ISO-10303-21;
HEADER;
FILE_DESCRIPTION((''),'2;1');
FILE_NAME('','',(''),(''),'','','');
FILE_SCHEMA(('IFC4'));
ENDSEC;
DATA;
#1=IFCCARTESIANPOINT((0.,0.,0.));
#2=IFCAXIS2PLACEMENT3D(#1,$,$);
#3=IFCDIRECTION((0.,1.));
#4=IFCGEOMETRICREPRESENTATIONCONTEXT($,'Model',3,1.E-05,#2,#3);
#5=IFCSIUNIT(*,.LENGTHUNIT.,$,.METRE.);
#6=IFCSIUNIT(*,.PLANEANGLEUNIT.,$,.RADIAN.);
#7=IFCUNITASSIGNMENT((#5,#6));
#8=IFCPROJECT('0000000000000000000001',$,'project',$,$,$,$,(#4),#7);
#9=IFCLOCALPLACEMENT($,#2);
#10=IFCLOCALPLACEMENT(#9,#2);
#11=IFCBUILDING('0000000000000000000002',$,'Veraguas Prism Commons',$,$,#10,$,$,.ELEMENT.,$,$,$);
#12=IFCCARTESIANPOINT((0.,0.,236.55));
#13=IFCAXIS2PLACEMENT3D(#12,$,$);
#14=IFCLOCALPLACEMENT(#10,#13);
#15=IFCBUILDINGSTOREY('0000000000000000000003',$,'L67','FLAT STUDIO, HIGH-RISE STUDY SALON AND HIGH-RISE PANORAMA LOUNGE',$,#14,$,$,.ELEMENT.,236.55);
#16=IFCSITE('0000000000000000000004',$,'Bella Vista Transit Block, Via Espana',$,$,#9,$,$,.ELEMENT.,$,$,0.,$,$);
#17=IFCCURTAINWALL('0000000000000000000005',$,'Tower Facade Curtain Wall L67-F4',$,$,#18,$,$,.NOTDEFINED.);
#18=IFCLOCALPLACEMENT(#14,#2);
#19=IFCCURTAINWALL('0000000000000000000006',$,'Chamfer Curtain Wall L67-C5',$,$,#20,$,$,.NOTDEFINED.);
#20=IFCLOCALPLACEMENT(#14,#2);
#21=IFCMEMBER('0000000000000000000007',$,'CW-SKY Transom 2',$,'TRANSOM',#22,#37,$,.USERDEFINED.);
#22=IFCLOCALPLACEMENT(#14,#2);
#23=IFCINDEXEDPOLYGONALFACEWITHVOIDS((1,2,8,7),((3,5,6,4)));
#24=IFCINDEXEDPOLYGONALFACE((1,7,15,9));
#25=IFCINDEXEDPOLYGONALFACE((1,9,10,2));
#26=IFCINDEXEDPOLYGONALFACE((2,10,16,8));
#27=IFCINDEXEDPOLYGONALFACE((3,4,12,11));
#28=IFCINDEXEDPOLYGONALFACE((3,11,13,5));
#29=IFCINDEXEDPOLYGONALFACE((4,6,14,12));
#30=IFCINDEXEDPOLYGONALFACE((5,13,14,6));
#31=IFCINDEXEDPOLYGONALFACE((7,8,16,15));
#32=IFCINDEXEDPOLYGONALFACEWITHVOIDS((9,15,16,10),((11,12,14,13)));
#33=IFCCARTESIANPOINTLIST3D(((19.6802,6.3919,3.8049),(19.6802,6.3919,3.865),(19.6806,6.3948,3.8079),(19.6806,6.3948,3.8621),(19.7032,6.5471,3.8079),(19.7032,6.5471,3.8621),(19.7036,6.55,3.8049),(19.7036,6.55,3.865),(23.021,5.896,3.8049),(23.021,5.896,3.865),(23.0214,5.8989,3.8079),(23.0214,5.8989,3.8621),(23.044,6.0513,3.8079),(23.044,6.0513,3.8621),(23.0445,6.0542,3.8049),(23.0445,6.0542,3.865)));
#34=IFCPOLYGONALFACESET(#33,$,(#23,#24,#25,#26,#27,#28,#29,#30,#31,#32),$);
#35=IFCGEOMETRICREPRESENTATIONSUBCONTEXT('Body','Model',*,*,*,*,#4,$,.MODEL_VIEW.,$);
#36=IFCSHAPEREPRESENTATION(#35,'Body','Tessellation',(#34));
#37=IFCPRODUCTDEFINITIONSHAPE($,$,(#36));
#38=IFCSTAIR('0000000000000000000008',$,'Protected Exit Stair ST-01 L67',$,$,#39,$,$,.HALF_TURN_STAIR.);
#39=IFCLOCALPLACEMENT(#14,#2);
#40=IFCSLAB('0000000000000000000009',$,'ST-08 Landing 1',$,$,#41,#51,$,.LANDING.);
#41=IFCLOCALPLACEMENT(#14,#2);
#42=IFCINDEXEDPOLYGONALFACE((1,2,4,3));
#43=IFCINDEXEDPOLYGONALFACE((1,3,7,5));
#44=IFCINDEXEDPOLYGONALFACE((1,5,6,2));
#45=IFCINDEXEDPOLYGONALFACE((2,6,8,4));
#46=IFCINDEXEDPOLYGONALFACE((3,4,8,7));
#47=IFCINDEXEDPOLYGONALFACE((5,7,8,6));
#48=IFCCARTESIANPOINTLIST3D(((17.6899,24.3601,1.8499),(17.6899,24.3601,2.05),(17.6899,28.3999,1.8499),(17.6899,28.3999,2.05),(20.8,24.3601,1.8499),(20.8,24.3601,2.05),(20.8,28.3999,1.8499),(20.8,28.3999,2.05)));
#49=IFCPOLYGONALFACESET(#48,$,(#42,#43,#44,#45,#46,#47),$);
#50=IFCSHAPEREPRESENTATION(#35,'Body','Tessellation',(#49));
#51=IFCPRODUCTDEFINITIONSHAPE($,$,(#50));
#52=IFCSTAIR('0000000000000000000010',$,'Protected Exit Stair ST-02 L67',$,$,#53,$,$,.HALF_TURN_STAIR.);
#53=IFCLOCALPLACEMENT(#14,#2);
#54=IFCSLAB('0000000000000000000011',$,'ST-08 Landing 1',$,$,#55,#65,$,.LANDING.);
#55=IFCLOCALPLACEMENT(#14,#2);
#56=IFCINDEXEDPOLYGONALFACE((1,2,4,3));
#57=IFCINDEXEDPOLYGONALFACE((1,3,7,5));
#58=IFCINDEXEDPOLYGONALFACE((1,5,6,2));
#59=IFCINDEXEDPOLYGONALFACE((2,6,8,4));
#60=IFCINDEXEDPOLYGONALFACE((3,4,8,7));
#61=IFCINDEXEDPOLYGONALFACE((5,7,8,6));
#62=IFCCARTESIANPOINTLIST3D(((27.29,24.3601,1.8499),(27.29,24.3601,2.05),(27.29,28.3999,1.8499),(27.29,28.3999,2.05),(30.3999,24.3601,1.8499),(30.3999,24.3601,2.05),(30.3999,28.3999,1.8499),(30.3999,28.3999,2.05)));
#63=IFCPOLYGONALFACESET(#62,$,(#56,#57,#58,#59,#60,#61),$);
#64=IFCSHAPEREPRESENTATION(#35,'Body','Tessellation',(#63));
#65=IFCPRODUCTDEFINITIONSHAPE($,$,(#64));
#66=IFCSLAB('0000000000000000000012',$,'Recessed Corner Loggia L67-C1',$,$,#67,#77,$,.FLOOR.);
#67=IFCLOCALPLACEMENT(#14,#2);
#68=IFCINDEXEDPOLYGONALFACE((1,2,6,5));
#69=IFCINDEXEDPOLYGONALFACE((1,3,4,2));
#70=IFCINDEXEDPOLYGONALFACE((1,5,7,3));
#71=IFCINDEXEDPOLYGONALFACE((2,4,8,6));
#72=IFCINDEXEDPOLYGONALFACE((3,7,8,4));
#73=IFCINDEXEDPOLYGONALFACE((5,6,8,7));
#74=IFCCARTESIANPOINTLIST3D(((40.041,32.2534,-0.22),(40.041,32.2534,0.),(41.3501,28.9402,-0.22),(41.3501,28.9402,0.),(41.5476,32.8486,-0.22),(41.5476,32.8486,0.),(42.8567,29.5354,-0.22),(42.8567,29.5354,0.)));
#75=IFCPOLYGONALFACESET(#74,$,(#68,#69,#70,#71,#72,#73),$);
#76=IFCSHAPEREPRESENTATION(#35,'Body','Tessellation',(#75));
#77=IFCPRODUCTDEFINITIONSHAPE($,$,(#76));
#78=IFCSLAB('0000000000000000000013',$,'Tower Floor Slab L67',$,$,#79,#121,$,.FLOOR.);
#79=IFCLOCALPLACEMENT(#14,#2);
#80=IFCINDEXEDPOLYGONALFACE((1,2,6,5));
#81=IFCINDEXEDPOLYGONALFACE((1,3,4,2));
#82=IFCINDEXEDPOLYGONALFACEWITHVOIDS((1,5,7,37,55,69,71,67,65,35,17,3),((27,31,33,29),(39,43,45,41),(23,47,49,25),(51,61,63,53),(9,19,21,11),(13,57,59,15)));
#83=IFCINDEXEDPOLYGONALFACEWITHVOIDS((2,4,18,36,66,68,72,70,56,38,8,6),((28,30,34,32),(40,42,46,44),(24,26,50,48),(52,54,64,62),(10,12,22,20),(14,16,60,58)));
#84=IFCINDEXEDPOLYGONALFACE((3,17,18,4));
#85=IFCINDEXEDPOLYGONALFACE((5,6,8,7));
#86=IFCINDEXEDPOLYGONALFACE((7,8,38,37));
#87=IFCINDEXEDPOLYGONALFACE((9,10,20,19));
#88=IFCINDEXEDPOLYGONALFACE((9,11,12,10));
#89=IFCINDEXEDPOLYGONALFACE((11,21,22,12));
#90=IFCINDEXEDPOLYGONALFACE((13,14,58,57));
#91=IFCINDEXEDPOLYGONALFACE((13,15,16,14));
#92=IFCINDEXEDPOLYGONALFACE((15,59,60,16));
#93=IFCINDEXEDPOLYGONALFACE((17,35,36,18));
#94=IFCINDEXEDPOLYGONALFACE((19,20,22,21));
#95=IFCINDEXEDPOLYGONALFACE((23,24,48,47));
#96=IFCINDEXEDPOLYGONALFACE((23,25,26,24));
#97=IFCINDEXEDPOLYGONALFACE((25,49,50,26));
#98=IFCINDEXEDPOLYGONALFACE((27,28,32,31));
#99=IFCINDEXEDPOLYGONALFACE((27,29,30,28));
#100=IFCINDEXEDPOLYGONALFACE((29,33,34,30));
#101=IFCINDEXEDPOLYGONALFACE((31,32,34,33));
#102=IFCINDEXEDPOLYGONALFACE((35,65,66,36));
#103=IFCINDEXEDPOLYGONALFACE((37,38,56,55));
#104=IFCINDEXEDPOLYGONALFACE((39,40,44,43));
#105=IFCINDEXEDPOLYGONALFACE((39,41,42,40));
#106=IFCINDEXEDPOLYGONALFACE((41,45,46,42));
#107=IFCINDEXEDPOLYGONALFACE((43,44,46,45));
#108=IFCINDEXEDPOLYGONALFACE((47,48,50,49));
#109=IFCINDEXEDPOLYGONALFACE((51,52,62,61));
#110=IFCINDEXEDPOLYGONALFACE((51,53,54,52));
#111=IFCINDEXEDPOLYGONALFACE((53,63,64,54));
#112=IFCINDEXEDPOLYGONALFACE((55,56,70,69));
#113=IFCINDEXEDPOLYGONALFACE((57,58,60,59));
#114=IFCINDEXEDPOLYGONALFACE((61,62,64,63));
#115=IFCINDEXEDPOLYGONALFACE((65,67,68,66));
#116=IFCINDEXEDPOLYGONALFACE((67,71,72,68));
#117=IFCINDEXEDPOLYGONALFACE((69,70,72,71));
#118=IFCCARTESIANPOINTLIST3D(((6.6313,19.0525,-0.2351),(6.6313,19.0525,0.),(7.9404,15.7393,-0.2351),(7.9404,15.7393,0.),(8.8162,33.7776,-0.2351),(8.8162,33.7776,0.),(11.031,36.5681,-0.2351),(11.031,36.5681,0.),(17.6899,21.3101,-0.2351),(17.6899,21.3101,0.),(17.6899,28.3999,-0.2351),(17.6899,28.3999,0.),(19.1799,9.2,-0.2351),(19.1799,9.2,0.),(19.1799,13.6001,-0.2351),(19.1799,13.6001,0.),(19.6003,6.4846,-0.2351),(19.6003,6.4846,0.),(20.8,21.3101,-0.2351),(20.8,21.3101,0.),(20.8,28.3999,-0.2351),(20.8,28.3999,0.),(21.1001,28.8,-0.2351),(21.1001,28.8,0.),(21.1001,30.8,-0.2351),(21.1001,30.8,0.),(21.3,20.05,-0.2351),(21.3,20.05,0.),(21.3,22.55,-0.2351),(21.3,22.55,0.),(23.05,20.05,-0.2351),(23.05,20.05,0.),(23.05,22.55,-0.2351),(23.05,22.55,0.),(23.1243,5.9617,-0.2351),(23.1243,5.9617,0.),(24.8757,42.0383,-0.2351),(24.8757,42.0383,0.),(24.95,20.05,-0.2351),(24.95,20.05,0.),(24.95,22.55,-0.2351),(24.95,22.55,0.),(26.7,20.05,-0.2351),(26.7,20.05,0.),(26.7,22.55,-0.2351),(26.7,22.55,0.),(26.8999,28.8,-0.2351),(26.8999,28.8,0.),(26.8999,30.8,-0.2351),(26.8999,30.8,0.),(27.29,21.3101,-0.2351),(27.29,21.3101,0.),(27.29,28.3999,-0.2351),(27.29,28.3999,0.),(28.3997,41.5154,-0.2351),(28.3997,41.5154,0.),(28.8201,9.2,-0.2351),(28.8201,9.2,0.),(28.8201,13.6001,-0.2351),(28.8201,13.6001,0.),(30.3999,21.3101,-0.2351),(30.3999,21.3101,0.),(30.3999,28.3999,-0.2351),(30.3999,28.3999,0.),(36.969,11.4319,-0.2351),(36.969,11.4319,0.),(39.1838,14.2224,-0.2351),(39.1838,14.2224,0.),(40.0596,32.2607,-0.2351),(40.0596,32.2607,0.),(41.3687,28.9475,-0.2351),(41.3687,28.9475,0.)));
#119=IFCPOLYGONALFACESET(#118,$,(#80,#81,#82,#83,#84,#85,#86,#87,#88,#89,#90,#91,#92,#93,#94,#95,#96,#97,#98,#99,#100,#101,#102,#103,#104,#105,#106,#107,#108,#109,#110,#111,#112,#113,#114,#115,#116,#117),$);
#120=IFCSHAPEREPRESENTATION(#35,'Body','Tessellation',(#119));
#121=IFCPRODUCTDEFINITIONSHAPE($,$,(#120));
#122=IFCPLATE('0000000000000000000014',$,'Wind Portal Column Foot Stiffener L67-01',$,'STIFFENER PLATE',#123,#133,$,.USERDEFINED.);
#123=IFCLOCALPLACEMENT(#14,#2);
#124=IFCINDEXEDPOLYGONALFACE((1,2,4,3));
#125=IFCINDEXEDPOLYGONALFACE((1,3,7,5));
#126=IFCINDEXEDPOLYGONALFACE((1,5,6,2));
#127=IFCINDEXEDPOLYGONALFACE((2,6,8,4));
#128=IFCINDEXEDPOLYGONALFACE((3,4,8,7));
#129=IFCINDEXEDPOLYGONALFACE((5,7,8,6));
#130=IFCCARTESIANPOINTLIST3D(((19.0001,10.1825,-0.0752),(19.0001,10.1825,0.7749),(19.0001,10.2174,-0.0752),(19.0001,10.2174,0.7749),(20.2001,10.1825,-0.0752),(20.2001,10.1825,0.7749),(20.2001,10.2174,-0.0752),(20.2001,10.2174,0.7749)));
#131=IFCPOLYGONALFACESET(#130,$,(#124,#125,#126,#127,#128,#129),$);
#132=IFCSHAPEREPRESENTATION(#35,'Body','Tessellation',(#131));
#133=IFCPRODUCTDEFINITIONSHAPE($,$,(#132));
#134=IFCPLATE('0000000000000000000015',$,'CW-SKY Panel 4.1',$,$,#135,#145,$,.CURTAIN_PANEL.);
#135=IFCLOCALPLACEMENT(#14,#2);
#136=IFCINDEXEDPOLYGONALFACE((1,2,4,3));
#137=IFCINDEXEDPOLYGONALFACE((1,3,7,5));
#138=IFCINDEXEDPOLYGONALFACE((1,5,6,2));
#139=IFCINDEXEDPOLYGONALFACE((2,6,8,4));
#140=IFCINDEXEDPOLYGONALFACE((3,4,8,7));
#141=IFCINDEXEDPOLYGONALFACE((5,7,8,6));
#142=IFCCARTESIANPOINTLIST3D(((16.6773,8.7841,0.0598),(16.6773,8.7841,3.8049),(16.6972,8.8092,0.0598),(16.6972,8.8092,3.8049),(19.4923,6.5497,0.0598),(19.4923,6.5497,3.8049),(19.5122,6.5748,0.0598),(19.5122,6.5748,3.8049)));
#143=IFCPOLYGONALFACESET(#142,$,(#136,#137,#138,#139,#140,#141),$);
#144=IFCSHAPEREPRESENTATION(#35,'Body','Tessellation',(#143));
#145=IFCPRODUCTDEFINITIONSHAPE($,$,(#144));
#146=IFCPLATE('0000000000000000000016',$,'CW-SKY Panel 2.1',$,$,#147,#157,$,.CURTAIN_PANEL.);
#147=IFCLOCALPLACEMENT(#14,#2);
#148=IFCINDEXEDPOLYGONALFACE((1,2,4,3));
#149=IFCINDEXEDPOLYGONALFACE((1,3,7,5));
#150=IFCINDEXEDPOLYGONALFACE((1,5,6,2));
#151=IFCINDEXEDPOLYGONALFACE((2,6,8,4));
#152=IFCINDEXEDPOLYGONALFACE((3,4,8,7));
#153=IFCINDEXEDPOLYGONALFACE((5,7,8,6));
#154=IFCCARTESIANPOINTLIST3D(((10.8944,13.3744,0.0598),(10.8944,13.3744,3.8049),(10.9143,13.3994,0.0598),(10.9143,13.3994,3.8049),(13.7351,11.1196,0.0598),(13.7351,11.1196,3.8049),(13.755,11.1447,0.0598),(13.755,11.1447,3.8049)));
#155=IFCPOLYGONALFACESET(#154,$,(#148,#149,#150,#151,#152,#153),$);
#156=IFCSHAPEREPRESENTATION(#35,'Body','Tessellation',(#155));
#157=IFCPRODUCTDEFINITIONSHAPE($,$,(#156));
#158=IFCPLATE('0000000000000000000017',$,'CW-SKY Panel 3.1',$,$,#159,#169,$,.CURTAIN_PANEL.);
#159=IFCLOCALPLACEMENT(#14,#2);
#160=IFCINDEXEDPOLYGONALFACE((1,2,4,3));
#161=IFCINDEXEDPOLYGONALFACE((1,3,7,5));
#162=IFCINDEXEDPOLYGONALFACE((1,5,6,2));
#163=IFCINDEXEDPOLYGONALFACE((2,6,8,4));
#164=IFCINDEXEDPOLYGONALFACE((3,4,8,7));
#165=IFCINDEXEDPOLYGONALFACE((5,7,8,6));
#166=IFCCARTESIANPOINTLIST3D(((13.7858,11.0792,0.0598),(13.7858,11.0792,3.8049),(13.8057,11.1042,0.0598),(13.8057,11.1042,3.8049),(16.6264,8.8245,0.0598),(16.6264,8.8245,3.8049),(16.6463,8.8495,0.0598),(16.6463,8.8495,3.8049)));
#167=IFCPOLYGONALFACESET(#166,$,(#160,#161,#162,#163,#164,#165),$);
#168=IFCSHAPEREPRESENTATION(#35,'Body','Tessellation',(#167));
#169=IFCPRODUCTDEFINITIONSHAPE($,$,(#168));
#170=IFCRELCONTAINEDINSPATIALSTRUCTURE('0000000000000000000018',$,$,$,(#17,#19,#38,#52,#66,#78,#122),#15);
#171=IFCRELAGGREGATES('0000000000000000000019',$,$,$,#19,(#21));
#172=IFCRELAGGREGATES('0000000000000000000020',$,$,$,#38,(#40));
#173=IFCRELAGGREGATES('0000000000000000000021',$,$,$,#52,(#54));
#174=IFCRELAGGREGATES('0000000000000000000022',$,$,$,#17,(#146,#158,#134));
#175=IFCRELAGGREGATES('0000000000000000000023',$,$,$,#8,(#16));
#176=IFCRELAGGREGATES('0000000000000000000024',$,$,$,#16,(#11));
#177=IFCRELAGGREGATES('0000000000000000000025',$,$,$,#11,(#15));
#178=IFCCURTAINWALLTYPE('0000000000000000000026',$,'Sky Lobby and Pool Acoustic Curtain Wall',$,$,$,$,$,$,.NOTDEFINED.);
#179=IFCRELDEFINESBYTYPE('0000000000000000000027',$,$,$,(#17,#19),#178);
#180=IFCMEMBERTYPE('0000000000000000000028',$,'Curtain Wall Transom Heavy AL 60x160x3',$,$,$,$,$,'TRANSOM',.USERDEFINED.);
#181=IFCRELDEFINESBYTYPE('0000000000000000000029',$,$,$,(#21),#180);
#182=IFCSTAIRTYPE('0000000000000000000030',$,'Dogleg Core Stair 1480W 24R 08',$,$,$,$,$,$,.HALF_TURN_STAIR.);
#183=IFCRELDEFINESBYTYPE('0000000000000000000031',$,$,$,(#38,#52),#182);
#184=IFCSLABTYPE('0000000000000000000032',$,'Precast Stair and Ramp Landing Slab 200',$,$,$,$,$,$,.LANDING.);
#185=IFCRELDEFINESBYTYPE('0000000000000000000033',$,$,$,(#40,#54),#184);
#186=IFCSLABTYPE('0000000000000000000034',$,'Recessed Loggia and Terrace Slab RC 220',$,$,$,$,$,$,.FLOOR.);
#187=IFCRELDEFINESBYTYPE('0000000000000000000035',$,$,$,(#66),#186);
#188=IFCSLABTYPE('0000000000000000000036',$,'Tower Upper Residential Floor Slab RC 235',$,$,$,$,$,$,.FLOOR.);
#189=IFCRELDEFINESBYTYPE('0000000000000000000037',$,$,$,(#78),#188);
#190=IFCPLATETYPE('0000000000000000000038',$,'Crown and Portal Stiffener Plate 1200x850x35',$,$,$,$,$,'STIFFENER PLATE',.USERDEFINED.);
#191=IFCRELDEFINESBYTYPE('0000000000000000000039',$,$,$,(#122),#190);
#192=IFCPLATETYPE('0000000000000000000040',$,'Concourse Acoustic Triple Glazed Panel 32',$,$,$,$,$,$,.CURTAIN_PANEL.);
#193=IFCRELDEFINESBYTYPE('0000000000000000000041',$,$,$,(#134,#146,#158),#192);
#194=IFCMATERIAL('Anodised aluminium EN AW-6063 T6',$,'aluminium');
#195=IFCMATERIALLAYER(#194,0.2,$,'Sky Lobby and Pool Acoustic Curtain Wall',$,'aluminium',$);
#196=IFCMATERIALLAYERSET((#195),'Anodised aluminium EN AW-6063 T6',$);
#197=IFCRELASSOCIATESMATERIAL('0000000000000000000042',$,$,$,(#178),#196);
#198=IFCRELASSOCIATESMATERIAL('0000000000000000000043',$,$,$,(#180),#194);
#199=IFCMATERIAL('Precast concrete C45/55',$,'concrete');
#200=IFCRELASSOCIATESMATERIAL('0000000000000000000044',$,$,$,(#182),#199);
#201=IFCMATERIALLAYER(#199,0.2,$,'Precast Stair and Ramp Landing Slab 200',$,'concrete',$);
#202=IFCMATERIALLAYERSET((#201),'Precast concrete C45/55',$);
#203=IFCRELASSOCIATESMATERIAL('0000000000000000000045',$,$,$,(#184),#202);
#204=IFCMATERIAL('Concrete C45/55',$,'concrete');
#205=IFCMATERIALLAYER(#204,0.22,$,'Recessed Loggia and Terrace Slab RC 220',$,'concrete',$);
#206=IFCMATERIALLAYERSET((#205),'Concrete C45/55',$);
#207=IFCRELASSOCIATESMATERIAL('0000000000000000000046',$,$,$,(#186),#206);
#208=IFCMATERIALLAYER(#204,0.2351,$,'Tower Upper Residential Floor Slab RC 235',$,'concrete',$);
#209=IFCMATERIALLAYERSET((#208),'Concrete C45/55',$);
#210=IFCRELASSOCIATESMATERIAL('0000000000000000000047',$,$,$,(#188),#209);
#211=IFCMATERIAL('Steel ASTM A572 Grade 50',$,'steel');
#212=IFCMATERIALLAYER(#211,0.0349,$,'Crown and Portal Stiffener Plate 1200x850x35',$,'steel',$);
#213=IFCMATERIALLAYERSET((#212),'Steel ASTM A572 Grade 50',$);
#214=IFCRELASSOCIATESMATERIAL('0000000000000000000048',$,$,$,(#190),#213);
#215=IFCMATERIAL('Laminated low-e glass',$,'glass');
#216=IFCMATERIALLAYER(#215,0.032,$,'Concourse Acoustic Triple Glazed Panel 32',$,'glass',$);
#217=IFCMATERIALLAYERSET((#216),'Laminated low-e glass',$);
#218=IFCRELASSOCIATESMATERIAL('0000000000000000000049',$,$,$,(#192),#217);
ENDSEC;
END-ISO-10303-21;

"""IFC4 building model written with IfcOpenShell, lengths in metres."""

from ifc_helpers import new_model, si_unit, direction, frame, origin, origin_2d, place, context, subcontext, project, spatial, polyline, rectangle, hollow_rectangle, outline, extrude, source, transform, mapped, material, layer, layer_set, material_profile, profile_set, type_object, element, aggregate, save


model = new_model("IFC4")

# Units and contexts
model_context = context("Model", 3, precision=1e-05, world=origin(), true_north=direction((0.0, 1.0)))
body_context = subcontext(model_context, "Body", "Model", "MODEL_VIEW")
ifc_project = project(units=[si_unit("LENGTHUNIT", "METRE"), si_unit("PLANEANGLEUNIT", "RADIAN")], contexts=[model_context])

# Site, building, storey
site_placement = place(None, origin())
site = spatial("IfcSite", under=ifc_project, at=site_placement, Name="Bella Vista Transit Block, Via Espana", CompositionType="ELEMENT", RefElevation=0.0)
building_placement = place(site_placement, origin())
building = spatial("IfcBuilding", under=site, at=building_placement, Name="Veraguas Prism Commons", CompositionType="ELEMENT")
storey_placement = place(building_placement, frame((0.0, 0.0, 236.55)))
storey = spatial("IfcBuildingStorey", under=building, at=storey_placement, Name="L67", Description="FLAT STUDIO, HIGH-RISE STUDY SALON AND HIGH-RISE PANORAMA LOUNGE", CompositionType="ELEMENT", Elevation=236.55)

# Curtain walls, member
ifc_material_1 = material(Name="Anodised aluminium EN AW-6063 T6", Category="aluminium")
ifc_layer_1 = layer(ifc_material_1, 0.2, Name="Sky Lobby and Pool Acoustic Curtain Wall", Category="aluminium")
ifc_layer_set_1 = layer_set([ifc_layer_1], Name="Anodised aluminium EN AW-6063 T6")
curtain_wall_type = type_object("IfcCurtainWallType", Name="Sky Lobby and Pool Acoustic Curtain Wall", PredefinedType="NOTDEFINED", material=ifc_layer_set_1)
curtain_wall_1_placement = place(storey_placement, origin())
curtain_wall_1 = element("IfcCurtainWall", 1, at=curtain_wall_1_placement, inside=storey, type_object=curtain_wall_type, Name="Tower Facade Curtain Wall L67-F4", PredefinedType="NOTDEFINED")
curtain_wall_2_placement = place(storey_placement, origin())
curtain_wall_2 = element("IfcCurtainWall", 2, at=curtain_wall_2_placement, inside=storey, type_object=curtain_wall_type, Name="Chamfer Curtain Wall L67-C5", PredefinedType="NOTDEFINED")
ifc_material_profile_1 = material_profile(ifc_material_1, hollow_rectangle(XDim=0.0601, YDim=0.1599, WallThickness=0.0029, at=origin_2d()), Name="AL60X160X3")
ifc_profile_set_1 = profile_set([ifc_material_profile_1], Name="Anodised aluminium EN AW-6063 T6")
member_type_1 = type_object("IfcMemberType", Name="Curtain Wall Transom Heavy AL 60x160x3", ElementType="TRANSOM", PredefinedType="USERDEFINED", material=ifc_profile_set_1)
shared_shape_1 = source(origin(), body_context, "Body", "SweptSolid", [
    extrude(hollow_rectangle(XDim=0.0601, YDim=0.1599, WallThickness=0.0029, at=origin_2d()), origin(), (0.0, 0.0, 1.0), 3.3774),
])
member_1_placement = place(storey_placement, frame((19.6919, 6.4709, 3.835), z_axis=(0.989164, -0.146813, 0.0), x_axis=(0.0, 0.0, 1.0)))
member_1 = element("IfcMember", 3, at=member_1_placement, type_object=member_type_1, Name="CW-SKY Transom 2", ObjectType="TRANSOM", PredefinedType="USERDEFINED", context=body_context, shape_type="MappedRepresentation", body=[
    mapped(shared_shape_1, transform((0.0, 0.0, 0.0), scale=1.0)),
])
aggregate(curtain_wall_2, [member_1])

# Stairs, slabs
ifc_material_2 = material(Name="Precast concrete C45/55", Category="concrete")
stair_type = type_object("IfcStairType", Name="Dogleg Core Stair 1480W 24R 08", PredefinedType="HALF_TURN_STAIR", material=ifc_material_2)
stair_1_placement = place(storey_placement, origin())
stair_1 = element("IfcStair", 4, at=stair_1_placement, inside=storey, type_object=stair_type, Name="Protected Exit Stair ST-01 L67", PredefinedType="HALF_TURN_STAIR")
ifc_layer_2 = layer(ifc_material_2, 0.2, Name="Precast Stair and Ramp Landing Slab 200", Category="concrete")
ifc_layer_set_2 = layer_set([ifc_layer_2], Name="Precast concrete C45/55")
slab_type_1 = type_object("IfcSlabType", Name="Precast Stair and Ramp Landing Slab 200", PredefinedType="LANDING", material=ifc_layer_set_2)
slab_1_placement = place(storey_placement, frame((0.0, 0.0, 1.8499)))
slab_1 = element("IfcSlab", 5, at=slab_1_placement, type_object=slab_type_1, Name="ST-08 Landing 1", PredefinedType="LANDING", context=body_context, shape_type="SweptSolid", body=[
    extrude(outline(polyline([(20.8, 24.3601), (20.8, 28.3999), (17.6899, 28.3999), (17.6899, 24.3601), (20.8, 24.3601)])), origin(), (0.0, 0.0, 1.0), 0.2002),
])
aggregate(stair_1, [slab_1])
stair_2_placement = place(storey_placement, origin())
stair_2 = element("IfcStair", 6, at=stair_2_placement, inside=storey, type_object=stair_type, Name="Protected Exit Stair ST-02 L67", PredefinedType="HALF_TURN_STAIR")
slab_2_placement = place(storey_placement, frame((0.0, 0.0, 1.8499)))
slab_2 = element("IfcSlab", 7, at=slab_2_placement, type_object=slab_type_1, Name="ST-08 Landing 1", PredefinedType="LANDING", context=body_context, shape_type="SweptSolid", body=[
    extrude(outline(polyline([(30.3999, 24.3601), (30.3999, 28.3999), (27.29, 28.3999), (27.29, 24.3601), (30.3999, 24.3601)])), origin(), (0.0, 0.0, 1.0), 0.2002),
])
aggregate(stair_2, [slab_2])

# Slabs
ifc_material_3 = material(Name="Concrete C45/55", Category="concrete")
ifc_layer_3 = layer(ifc_material_3, 0.22, Name="Recessed Loggia and Terrace Slab RC 220", Category="concrete")
ifc_layer_set_3 = layer_set([ifc_layer_3], Name="Concrete C45/55")
slab_type_2 = type_object("IfcSlabType", Name="Recessed Loggia and Terrace Slab RC 220", PredefinedType="FLOOR", material=ifc_layer_set_3)
slab_3_placement = place(storey_placement, frame((0.0, 0.0, -0.22)))
element("IfcSlab", 8, at=slab_3_placement, inside=storey, type_object=slab_type_2, Name="Recessed Corner Loggia L67-C1", PredefinedType="FLOOR", context=body_context, shape_type="SweptSolid", body=[
    extrude(outline(polyline([(41.3501, 28.9402), (42.8567, 29.5354), (41.5476, 32.8486), (40.041, 32.2534), (41.3501, 28.9402)])), origin(), (0.0, 0.0, 1.0), 0.22),
])
ifc_layer_4 = layer(ifc_material_3, 0.2351, Name="Tower Upper Residential Floor Slab RC 235", Category="concrete")
ifc_layer_set_4 = layer_set([ifc_layer_4], Name="Concrete C45/55")
slab_type_3 = type_object("IfcSlabType", Name="Tower Upper Residential Floor Slab RC 235", PredefinedType="FLOOR", material=ifc_layer_set_4)
slab_4_placement = place(storey_placement, frame((0.0, 0.0, -0.2351)))
element("IfcSlab", 9, at=slab_4_placement, inside=storey, type_object=slab_type_3, Name="Tower Floor Slab L67", PredefinedType="FLOOR", context=body_context, shape_type="SweptSolid", body=[
    extrude(outline(polyline([(41.3687, 28.9475), (40.0596, 32.2607), (28.3997, 41.5154), (24.8757, 42.0383), (11.031, 36.5681), (8.8162, 33.7776), (6.6313, 19.0525), (7.9404, 15.7393), (19.6003, 6.4846), (23.1243, 5.9617), (36.969, 11.4319), (39.1838, 14.2224), (41.3687, 28.9475)]), holes=[polyline([(20.8, 21.3101), (20.8, 28.3999), (17.6899, 28.3999), (17.6899, 21.3101), (20.8, 21.3101)]), polyline([(30.3999, 21.3101), (30.3999, 28.3999), (27.29, 28.3999), (27.29, 21.3101), (30.3999, 21.3101)]), polyline([(21.1001, 28.8), (26.8999, 28.8), (26.8999, 30.8), (21.1001, 30.8), (21.1001, 28.8)]), polyline([(21.3, 20.05), (23.05, 20.05), (23.05, 22.55), (21.3, 22.55), (21.3, 20.05)]), polyline([(24.95, 20.05), (26.7, 20.05), (26.7, 22.55), (24.95, 22.55), (24.95, 20.05)]), polyline([(19.1799, 9.2), (28.8201, 9.2), (28.8201, 13.6001), (19.1799, 13.6001), (19.1799, 9.2)])]), origin(), (0.0, 0.0, 1.0), 0.2351),
])

# Plates
ifc_material_4 = material(Name="Steel ASTM A572 Grade 50", Category="steel")
ifc_layer_5 = layer(ifc_material_4, 0.0349, Name="Crown and Portal Stiffener Plate 1200x850x35", Category="steel")
ifc_layer_set_5 = layer_set([ifc_layer_5], Name="Steel ASTM A572 Grade 50")
plate_type_1 = type_object("IfcPlateType", Name="Crown and Portal Stiffener Plate 1200x850x35", ElementType="STIFFENER PLATE", PredefinedType="USERDEFINED", material=ifc_layer_set_5)
shared_shape_2 = source(origin(), body_context, "Body", "SweptSolid", [
    extrude(rectangle(XDim=1.2, YDim=0.0349, at=origin_2d()), origin(), (0.0, 0.0, 1.0), 0.8501),
])
plate_1_placement = place(storey_placement, frame((19.6001, 10.2, -0.0752), z_axis=(0.0, 0.0, 1.0), x_axis=(1.0, 0.0, 0.0)))
element("IfcPlate", 10, at=plate_1_placement, inside=storey, type_object=plate_type_1, Name="Wind Portal Column Foot Stiffener L67-01", ObjectType="STIFFENER PLATE", PredefinedType="USERDEFINED", context=body_context, shape_type="MappedRepresentation", body=[
    mapped(shared_shape_2, transform((0.0, 0.0, 0.0), scale=1.0)),
])
ifc_material_5 = material(Name="Laminated low-e glass", Category="glass")
ifc_layer_6 = layer(ifc_material_5, 0.032, Name="Concourse Acoustic Triple Glazed Panel 32", Category="glass")
ifc_layer_set_6 = layer_set([ifc_layer_6], Name="Laminated low-e glass")
plate_type_2 = type_object("IfcPlateType", Name="Concourse Acoustic Triple Glazed Panel 32", PredefinedType="CURTAIN_PANEL", material=ifc_layer_set_6)
shared_shape_3 = source(origin(), body_context, "Body", "SweptSolid", [
    extrude(rectangle(XDim=3.594, YDim=0.032, at=origin_2d()), origin(), (0.0, 0.0, 1.0), 3.7451),
])
plate_2_placement = place(storey_placement, frame((18.0947, 7.6794, 0.0598), z_axis=(0.0, 0.0, 1.0), x_axis=(0.783259, -0.621696, 0.0)))
plate_2 = element("IfcPlate", 11, at=plate_2_placement, type_object=plate_type_2, Name="CW-SKY Panel 4.1", PredefinedType="CURTAIN_PANEL", context=body_context, shape_type="MappedRepresentation", body=[
    mapped(shared_shape_3, transform((0.0, 0.0, 0.0), scale=1.0)),
])
shared_shape_4 = source(origin(), body_context, "Body", "SweptSolid", [
    extrude(rectangle(XDim=3.6267, YDim=0.032, at=origin_2d()), origin(), (0.0, 0.0, 1.0), 3.7451),
])
plate_3_placement = place(storey_placement, frame((12.3247, 12.2595, 0.0598), z_axis=(0.0, 0.0, 1.0), x_axis=(0.783259, -0.621696, 0.0)))
plate_3 = element("IfcPlate", 12, at=plate_3_placement, type_object=plate_type_2, Name="CW-SKY Panel 2.1", PredefinedType="CURTAIN_PANEL", context=body_context, shape_type="MappedRepresentation", body=[
    mapped(shared_shape_4, transform((0.0, 0.0, 0.0), scale=1.0)),
])
plate_4_placement = place(storey_placement, frame((15.2161, 9.9644, 0.0598), z_axis=(0.0, 0.0, 1.0), x_axis=(0.783259, -0.621696, 0.0)))
plate_4 = element("IfcPlate", 13, at=plate_4_placement, type_object=plate_type_2, Name="CW-SKY Panel 3.1", PredefinedType="CURTAIN_PANEL", context=body_context, shape_type="MappedRepresentation", body=[
    mapped(shared_shape_4, transform((0.0, 0.0, 0.0), scale=1.0)),
])
aggregate(curtain_wall_1, [plate_3, plate_4, plate_2])

save(model, "model.ifc")
